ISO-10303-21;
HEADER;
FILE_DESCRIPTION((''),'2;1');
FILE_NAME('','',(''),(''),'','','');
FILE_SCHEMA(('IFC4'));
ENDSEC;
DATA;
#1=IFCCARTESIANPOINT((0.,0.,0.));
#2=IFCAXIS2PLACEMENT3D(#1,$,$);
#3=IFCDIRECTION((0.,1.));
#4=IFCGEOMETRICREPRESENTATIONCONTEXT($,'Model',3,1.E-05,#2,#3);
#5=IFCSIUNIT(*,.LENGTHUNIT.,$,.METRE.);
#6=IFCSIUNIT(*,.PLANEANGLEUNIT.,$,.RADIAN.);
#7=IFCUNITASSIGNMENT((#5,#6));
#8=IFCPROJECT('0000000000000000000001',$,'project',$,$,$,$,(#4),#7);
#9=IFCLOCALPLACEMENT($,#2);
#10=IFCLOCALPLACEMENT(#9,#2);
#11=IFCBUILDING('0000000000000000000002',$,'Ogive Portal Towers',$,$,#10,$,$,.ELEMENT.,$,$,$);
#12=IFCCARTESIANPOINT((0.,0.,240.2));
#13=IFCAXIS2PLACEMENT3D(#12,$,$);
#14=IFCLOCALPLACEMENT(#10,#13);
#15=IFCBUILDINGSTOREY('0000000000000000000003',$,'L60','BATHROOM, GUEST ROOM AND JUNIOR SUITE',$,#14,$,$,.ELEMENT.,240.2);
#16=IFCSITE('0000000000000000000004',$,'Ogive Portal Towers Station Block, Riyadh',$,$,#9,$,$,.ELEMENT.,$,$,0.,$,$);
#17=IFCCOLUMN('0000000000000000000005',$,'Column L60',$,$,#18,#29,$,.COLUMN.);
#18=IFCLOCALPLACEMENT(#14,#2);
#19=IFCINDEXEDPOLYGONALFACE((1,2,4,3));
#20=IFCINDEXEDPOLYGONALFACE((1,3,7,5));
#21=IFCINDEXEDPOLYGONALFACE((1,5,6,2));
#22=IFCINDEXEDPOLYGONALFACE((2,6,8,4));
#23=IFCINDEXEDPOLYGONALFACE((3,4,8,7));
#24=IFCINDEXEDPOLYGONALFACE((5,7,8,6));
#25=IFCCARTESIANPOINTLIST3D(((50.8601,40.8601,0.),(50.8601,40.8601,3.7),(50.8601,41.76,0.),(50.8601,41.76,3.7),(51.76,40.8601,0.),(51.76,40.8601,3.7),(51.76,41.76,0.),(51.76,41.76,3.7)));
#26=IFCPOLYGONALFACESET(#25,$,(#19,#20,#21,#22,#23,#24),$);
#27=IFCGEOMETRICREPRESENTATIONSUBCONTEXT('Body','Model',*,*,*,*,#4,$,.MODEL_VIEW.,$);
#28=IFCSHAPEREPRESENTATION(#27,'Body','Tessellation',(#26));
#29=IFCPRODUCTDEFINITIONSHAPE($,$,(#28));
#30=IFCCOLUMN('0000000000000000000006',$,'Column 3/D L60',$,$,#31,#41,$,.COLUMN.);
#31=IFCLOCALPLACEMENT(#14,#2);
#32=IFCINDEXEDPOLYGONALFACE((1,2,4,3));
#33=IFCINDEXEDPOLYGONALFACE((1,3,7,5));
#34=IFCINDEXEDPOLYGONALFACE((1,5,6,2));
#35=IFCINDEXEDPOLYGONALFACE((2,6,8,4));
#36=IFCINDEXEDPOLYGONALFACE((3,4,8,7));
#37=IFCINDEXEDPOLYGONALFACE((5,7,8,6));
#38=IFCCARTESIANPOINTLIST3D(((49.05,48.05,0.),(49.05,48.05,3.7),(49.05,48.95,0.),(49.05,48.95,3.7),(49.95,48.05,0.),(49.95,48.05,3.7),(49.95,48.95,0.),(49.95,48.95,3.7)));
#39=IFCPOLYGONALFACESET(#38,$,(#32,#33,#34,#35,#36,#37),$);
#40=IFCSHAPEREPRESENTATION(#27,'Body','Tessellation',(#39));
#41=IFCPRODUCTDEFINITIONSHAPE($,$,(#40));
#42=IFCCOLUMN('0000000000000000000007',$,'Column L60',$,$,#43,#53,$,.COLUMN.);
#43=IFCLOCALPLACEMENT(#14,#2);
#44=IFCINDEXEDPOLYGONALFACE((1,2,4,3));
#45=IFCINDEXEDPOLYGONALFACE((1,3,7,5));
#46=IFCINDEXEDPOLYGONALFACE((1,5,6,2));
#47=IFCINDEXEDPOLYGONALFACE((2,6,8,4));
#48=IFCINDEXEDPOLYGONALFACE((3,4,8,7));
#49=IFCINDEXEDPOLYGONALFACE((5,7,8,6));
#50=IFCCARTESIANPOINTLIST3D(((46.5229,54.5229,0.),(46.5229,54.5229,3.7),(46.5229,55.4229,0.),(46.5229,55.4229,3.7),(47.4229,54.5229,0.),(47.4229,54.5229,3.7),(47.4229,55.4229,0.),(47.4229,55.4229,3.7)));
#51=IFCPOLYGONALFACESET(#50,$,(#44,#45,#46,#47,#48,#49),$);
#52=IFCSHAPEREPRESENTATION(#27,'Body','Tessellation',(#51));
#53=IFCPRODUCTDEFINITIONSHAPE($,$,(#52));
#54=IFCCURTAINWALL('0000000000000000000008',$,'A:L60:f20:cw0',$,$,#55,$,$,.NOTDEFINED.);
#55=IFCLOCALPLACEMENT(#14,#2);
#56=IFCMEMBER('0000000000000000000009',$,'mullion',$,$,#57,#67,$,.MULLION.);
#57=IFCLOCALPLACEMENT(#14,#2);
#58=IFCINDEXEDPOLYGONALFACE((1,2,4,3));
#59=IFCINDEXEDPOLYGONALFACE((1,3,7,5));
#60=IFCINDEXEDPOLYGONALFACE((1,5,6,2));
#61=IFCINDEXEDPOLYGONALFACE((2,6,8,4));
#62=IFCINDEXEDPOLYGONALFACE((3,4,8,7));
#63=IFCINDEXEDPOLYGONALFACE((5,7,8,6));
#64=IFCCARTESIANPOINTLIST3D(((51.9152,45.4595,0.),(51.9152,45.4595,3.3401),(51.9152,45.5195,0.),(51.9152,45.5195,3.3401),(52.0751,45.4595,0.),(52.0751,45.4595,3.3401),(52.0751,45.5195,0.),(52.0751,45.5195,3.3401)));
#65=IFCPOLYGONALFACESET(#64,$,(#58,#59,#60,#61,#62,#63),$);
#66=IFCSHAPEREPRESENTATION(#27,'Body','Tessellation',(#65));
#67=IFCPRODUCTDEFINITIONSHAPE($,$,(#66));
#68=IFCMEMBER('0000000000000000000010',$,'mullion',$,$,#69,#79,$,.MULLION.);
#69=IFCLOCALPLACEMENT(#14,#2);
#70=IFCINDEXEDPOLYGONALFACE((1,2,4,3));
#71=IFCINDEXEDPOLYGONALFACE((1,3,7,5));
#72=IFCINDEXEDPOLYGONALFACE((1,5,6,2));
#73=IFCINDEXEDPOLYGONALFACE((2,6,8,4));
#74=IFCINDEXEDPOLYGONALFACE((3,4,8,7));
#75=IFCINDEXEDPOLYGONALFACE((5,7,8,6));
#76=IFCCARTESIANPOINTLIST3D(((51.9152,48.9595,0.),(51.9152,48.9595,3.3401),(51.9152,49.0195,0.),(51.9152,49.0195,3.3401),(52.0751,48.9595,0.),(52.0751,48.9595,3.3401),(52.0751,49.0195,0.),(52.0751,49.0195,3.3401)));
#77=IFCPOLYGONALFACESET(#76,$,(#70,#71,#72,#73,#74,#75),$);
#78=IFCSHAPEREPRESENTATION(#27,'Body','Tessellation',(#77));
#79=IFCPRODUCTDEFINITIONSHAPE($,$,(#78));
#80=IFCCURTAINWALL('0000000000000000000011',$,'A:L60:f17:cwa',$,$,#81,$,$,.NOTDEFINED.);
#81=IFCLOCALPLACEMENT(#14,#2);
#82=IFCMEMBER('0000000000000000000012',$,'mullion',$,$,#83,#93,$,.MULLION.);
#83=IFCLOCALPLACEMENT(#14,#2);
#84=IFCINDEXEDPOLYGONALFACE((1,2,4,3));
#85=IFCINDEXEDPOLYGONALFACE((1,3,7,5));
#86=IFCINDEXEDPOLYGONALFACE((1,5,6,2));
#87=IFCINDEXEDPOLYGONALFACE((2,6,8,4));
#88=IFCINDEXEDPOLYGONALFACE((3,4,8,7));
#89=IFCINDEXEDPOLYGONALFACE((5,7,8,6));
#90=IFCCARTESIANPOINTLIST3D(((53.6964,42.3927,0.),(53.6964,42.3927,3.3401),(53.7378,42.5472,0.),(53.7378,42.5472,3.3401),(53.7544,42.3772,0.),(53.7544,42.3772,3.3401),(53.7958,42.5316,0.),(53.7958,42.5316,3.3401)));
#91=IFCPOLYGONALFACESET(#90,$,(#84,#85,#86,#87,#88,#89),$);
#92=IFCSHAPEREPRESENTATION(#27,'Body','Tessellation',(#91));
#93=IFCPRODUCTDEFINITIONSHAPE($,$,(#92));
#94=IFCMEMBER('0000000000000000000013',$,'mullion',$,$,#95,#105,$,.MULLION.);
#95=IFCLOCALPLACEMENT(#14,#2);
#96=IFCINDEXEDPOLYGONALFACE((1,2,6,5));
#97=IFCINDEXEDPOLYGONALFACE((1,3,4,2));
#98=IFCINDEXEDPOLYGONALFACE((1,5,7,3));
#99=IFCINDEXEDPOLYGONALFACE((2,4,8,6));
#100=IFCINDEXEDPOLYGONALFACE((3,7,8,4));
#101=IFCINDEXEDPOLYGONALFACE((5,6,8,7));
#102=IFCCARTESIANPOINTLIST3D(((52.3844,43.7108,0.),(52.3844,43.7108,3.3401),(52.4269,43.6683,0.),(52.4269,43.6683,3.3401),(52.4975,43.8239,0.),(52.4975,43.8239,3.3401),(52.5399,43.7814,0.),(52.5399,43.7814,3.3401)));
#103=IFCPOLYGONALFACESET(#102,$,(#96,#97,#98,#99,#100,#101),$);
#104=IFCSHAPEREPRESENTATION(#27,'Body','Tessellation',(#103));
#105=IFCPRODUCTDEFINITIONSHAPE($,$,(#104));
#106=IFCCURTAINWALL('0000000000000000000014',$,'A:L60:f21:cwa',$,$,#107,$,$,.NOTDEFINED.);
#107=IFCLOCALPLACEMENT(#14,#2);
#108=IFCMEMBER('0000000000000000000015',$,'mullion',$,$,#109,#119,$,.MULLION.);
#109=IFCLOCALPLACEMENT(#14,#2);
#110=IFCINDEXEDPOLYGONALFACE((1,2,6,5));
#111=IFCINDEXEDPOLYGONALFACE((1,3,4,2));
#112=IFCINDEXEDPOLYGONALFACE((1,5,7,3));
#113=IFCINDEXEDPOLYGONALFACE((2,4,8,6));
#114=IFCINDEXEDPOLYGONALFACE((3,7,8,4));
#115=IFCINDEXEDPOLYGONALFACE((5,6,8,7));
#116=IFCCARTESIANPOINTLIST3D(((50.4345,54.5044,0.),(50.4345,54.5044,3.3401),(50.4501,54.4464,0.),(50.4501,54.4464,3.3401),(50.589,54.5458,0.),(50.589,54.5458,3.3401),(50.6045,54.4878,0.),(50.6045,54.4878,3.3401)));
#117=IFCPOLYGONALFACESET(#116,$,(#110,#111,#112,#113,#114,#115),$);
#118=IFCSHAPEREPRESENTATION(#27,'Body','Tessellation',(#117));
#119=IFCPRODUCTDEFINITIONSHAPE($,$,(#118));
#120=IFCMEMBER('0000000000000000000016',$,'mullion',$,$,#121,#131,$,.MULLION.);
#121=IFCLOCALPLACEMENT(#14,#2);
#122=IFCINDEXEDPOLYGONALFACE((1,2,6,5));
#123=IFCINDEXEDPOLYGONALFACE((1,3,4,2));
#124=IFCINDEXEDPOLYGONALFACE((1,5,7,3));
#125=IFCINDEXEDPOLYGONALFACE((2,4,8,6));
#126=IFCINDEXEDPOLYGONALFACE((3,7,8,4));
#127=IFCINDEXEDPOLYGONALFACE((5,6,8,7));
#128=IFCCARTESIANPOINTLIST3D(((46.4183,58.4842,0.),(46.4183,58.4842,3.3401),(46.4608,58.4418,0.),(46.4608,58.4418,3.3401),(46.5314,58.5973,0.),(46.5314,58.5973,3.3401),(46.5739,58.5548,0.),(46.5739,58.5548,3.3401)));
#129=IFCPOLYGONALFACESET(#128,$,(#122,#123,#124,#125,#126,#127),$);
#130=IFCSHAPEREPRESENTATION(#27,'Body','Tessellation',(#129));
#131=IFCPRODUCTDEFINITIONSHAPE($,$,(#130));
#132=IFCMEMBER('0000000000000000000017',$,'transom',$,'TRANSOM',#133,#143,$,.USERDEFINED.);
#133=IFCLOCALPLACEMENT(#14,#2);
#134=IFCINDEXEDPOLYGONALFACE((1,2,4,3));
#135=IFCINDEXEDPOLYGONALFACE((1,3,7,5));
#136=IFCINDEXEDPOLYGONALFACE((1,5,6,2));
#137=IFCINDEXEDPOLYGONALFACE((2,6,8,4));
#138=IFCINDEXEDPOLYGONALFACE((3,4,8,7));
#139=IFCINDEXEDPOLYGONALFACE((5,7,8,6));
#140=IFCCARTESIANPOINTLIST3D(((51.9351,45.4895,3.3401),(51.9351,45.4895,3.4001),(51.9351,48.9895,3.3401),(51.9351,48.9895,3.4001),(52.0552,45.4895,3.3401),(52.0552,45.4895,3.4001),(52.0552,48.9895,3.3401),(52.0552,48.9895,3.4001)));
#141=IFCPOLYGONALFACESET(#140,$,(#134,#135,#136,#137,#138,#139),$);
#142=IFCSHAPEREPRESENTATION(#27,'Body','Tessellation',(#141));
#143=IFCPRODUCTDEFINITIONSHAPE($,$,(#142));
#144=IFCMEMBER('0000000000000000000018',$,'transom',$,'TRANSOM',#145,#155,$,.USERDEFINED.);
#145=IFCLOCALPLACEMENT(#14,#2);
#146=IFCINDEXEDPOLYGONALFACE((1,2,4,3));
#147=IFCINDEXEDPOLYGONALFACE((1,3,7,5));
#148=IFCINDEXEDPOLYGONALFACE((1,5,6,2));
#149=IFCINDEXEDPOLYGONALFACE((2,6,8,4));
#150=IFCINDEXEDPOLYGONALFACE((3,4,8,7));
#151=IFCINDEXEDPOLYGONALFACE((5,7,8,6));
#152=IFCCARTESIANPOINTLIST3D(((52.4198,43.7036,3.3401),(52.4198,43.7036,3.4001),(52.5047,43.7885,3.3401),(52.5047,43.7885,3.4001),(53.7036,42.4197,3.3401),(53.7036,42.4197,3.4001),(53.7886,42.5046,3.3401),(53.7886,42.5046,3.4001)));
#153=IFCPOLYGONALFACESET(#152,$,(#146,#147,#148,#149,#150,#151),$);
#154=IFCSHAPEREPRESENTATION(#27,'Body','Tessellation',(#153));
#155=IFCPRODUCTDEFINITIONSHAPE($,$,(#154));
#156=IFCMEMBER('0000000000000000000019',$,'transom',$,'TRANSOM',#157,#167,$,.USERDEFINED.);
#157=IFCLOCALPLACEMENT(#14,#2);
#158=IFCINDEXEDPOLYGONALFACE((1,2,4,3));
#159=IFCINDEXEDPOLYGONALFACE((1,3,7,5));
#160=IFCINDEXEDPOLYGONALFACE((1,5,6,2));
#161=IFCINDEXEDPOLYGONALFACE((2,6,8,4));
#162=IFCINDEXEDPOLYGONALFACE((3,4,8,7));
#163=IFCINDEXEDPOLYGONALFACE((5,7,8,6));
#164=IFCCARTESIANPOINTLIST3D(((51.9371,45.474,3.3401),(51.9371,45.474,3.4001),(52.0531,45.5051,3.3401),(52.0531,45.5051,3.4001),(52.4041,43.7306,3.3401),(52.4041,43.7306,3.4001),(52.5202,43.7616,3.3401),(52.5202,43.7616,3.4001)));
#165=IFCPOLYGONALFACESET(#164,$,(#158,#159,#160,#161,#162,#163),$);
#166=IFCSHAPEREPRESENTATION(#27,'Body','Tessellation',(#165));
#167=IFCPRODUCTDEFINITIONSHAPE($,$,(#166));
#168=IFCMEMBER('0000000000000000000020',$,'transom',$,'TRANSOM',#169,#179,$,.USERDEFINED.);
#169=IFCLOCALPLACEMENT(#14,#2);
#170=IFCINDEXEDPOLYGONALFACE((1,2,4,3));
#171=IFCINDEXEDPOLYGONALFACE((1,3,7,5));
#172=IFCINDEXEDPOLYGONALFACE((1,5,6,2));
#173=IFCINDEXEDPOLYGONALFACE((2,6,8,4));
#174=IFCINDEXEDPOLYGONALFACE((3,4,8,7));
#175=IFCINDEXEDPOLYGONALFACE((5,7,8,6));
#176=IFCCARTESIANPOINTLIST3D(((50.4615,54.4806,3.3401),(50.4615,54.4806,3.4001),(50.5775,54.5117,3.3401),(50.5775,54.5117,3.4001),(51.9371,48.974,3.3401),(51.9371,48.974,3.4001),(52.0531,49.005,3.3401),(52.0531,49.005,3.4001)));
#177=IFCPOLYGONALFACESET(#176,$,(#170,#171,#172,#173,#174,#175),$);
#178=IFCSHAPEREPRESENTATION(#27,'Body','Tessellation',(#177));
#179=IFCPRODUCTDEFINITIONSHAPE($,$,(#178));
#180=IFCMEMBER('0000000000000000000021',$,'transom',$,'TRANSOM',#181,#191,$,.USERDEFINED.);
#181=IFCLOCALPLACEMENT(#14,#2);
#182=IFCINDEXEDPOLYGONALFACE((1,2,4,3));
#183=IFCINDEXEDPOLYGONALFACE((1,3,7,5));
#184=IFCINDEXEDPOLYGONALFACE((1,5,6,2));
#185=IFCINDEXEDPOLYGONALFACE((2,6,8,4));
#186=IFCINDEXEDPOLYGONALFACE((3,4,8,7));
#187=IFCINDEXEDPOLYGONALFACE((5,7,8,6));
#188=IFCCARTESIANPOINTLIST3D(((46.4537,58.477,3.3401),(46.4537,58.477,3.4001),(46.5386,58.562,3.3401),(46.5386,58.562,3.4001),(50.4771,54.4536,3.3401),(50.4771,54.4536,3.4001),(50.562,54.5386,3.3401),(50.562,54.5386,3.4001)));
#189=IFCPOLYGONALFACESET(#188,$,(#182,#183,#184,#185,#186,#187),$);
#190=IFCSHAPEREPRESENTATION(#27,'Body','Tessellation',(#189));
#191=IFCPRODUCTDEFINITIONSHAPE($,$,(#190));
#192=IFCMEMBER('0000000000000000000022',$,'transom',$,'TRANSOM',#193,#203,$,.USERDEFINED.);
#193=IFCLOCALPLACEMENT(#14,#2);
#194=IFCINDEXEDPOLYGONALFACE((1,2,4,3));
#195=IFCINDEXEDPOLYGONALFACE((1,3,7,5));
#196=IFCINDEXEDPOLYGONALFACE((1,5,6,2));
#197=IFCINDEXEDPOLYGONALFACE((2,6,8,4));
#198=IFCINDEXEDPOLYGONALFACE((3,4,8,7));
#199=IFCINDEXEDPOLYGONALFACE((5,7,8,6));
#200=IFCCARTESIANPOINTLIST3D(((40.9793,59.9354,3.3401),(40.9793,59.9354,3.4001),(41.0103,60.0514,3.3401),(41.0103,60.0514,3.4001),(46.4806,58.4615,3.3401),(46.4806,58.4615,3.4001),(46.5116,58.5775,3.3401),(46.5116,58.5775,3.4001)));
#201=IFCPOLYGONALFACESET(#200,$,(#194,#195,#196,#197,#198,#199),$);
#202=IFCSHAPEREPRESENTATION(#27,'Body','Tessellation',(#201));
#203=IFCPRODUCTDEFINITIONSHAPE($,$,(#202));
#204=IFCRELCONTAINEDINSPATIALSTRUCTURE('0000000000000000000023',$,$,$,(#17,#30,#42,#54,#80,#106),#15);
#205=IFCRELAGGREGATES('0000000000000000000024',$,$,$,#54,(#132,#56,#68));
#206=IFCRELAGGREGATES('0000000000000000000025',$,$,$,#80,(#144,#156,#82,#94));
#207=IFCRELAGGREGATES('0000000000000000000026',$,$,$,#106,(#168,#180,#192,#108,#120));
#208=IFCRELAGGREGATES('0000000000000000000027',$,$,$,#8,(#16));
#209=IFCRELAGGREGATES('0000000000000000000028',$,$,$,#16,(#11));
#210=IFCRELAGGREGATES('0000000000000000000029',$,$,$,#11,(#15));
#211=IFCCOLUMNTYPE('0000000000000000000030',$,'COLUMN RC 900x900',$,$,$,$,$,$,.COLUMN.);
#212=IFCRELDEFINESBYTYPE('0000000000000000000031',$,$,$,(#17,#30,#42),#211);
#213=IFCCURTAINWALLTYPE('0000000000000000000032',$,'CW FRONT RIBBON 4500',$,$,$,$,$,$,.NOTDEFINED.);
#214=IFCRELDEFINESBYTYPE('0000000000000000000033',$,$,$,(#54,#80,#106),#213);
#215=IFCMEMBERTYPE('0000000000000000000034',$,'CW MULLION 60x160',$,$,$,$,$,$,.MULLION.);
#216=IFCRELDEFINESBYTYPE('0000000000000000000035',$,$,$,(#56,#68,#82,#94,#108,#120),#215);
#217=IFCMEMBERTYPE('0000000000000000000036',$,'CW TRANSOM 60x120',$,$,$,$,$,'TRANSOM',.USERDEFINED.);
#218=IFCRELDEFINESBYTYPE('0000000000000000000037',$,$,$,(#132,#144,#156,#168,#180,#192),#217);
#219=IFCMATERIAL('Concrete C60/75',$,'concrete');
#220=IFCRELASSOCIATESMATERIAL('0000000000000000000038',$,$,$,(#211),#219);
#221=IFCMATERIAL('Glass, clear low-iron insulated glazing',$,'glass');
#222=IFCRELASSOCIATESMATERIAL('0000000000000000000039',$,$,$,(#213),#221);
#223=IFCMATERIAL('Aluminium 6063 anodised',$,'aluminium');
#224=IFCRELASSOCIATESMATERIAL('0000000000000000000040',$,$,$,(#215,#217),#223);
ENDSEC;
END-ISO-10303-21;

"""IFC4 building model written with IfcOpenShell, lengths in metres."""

from ifc_helpers import new_model, si_unit, direction, frame, origin, origin_2d, place, context, subcontext, project, spatial, rectangle, extrude, material, material_profile, profile_set, type_object, element, aggregate, save


model = new_model("IFC4")

# Units and contexts
model_context = context("Model", 3, precision=1e-05, world=origin(), true_north=direction((0.0, 1.0)))
body_context = subcontext(model_context, "Body", "Model", "MODEL_VIEW")
ifc_project = project(units=[si_unit("LENGTHUNIT", "METRE"), si_unit("PLANEANGLEUNIT", "RADIAN")], contexts=[model_context])

# Site, building, storey
site_placement = place(None, origin())
site = spatial("IfcSite", under=ifc_project, at=site_placement, Name="Ogive Portal Towers Station Block, Riyadh", CompositionType="ELEMENT", RefElevation=0.0)
building_placement = place(site_placement, origin())
building = spatial("IfcBuilding", under=site, at=building_placement, Name="Ogive Portal Towers", CompositionType="ELEMENT")
storey_placement = place(building_placement, frame((0.0, 0.0, 240.2)))
storey = spatial("IfcBuildingStorey", under=building, at=storey_placement, Name="L60", Description="BATHROOM, GUEST ROOM AND JUNIOR SUITE", CompositionType="ELEMENT", Elevation=240.2)

# Columns
ifc_material_1 = material(Name="Concrete C60/75", Category="concrete")
ifc_material_profile_1 = material_profile(ifc_material_1, rectangle(XDim=0.8999, YDim=0.8999, at=origin_2d()), Name="RC 900x900")
ifc_profile_set_1 = profile_set([ifc_material_profile_1], Name="Concrete C60/75")
column_type = type_object("IfcColumnType", Name="COLUMN RC 900x900", PredefinedType="COLUMN", material=ifc_profile_set_1)
for number, where, z_axis, x_axis, name in (
    (1, (51.3101, 41.3101, 0.0), (0.0, 0.0, 1.0), (1.0, 0.0, 0.0), "Column L60"),
    (2, (49.5, 48.5, 0.0), (0.0, 0.0, 1.0), (1.0, 0.0, 0.0), "Column 3/D L60"),
    (3, (46.9729, 54.9729, 0.0), (0.0, 0.0, 1.0), (1.0, 0.0, 0.0), "Column L60"),
):
    element("IfcColumn", number, at=place(storey_placement, frame(where, z_axis=z_axis, x_axis=x_axis)), inside=storey, type_object=column_type, Name=name, PredefinedType="COLUMN", context=body_context, shape_type="SweptSolid", body=[
        extrude(rectangle(XDim=0.8999, YDim=0.8999, at=origin_2d()), origin(), (0.0, 0.0, 1.0), 3.7),
    ])

# Curtain walls, members
ifc_material_2 = material(Name="Glass, clear low-iron insulated glazing", Category="glass")
curtain_wall_type = type_object("IfcCurtainWallType", Name="CW FRONT RIBBON 4500", PredefinedType="NOTDEFINED", material=ifc_material_2)
curtain_wall_1_placement = place(storey_placement, origin())
curtain_wall_1 = element("IfcCurtainWall", 4, at=curtain_wall_1_placement, inside=storey, type_object=curtain_wall_type, Name="A:L60:f20:cw0", PredefinedType="NOTDEFINED")
ifc_material_3 = material(Name="Aluminium 6063 anodised", Category="aluminium")
ifc_material_profile_2 = material_profile(ifc_material_3, rectangle(XDim=0.1599, YDim=0.0601, at=origin_2d()), Name="AL 60x160")
ifc_profile_set_2 = profile_set([ifc_material_profile_2], Name="Aluminium 6063 anodised")
member_type_1 = type_object("IfcMemberType", Name="CW MULLION 60x160", PredefinedType="MULLION", material=ifc_profile_set_2)
member_1_placement = place(storey_placement, frame((51.9951, 45.4895, 0.0), z_axis=(0.0, 0.0, 1.0), x_axis=(-1.0, 0.0, 0.0)))
member_1 = element("IfcMember", 5, at=member_1_placement, type_object=member_type_1, Name="mullion", PredefinedType="MULLION", context=body_context, shape_type="SweptSolid", body=[
    extrude(rectangle(XDim=0.1599, YDim=0.0601, at=origin_2d()), origin(), (0.0, 0.0, 1.0), 3.3401),
])
member_2_placement = place(storey_placement, frame((51.9951, 48.9895, 0.0), z_axis=(0.0, 0.0, 1.0), x_axis=(-1.0, 0.0, 0.0)))
member_2 = element("IfcMember", 6, at=member_2_placement, type_object=member_type_1, Name="mullion", PredefinedType="MULLION", context=body_context, shape_type="SweptSolid", body=[
    extrude(rectangle(XDim=0.1599, YDim=0.0601, at=origin_2d()), origin(), (0.0, 0.0, 1.0), 3.3401),
])
curtain_wall_2_placement = place(storey_placement, origin())
curtain_wall_2 = element("IfcCurtainWall", 7, at=curtain_wall_2_placement, inside=storey, type_object=curtain_wall_type, Name="A:L60:f17:cwa", PredefinedType="NOTDEFINED")
member_3_placement = place(storey_placement, frame((53.7461, 42.4622, 0.0), z_axis=(0.0, 0.0, 1.0), x_axis=(-0.258819, -0.965926, 0.0)))
member_3 = element("IfcMember", 8, at=member_3_placement, type_object=member_type_1, Name="mullion", PredefinedType="MULLION", context=body_context, shape_type="SweptSolid", body=[
    extrude(rectangle(XDim=0.1599, YDim=0.0601, at=origin_2d()), origin(), (0.0, 0.0, 1.0), 3.3401),
])
member_4_placement = place(storey_placement, frame((52.4622, 43.7461, 0.0), z_axis=(0.0, 0.0, 1.0), x_axis=(-0.707107, -0.707107, 0.0)))
member_4 = element("IfcMember", 9, at=member_4_placement, type_object=member_type_1, Name="mullion", PredefinedType="MULLION", context=body_context, shape_type="SweptSolid", body=[
    extrude(rectangle(XDim=0.1599, YDim=0.0601, at=origin_2d()), origin(), (0.0, 0.0, 1.0), 3.3401),
])
curtain_wall_3_placement = place(storey_placement, origin())
curtain_wall_3 = element("IfcCurtainWall", 10, at=curtain_wall_3_placement, inside=storey, type_object=curtain_wall_type, Name="A:L60:f21:cwa", PredefinedType="NOTDEFINED")
member_5_placement = place(storey_placement, frame((50.5195, 54.4961, 0.0), z_axis=(0.0, 0.0, 1.0), x_axis=(-0.965926, -0.258819, 0.0)))
member_5 = element("IfcMember", 11, at=member_5_placement, type_object=member_type_1, Name="mullion", PredefinedType="MULLION", context=body_context, shape_type="SweptSolid", body=[
    extrude(rectangle(XDim=0.1599, YDim=0.0601, at=origin_2d()), origin(), (0.0, 0.0, 1.0), 3.3401),
])
member_6_placement = place(storey_placement, frame((46.4961, 58.5195, 0.0), z_axis=(0.0, 0.0, 1.0), x_axis=(-0.707107, -0.707107, 0.0)))
member_6 = element("IfcMember", 12, at=member_6_placement, type_object=member_type_1, Name="mullion", PredefinedType="MULLION", context=body_context, shape_type="SweptSolid", body=[
    extrude(rectangle(XDim=0.1599, YDim=0.0601, at=origin_2d()), origin(), (0.0, 0.0, 1.0), 3.3401),
])

# Members
ifc_material_profile_3 = material_profile(ifc_material_3, rectangle(XDim=0.1201, YDim=0.0601, at=origin_2d()), Name="AL 120x60")
ifc_profile_set_3 = profile_set([ifc_material_profile_3], Name="Aluminium 6063 anodised")
member_type_2 = type_object("IfcMemberType", Name="CW TRANSOM 60x120", ElementType="TRANSOM", PredefinedType="USERDEFINED", material=ifc_profile_set_3)
member_7_placement = place(storey_placement, frame((51.9951, 45.4895, 3.3701), z_axis=(0.0, 1.0, 0.0), x_axis=(-1.0, 0.0, 0.0)))
member_7 = element("IfcMember", 13, at=member_7_placement, type_object=member_type_2, Name="transom", ObjectType="TRANSOM", PredefinedType="USERDEFINED", context=body_context, shape_type="SweptSolid", body=[
    extrude(rectangle(XDim=0.1201, YDim=0.0601, at=origin_2d()), origin(), (0.0, 0.0, 1.0), 3.5),
])
member_8_placement = place(storey_placement, frame((53.7461, 42.4622, 3.3701), z_axis=(-0.707107, 0.707107, 0.0), x_axis=(-0.707107, -0.707107, 0.0)))
member_8 = element("IfcMember", 14, at=member_8_placement, type_object=member_type_2, Name="transom", ObjectType="TRANSOM", PredefinedType="USERDEFINED", context=body_context, shape_type="SweptSolid", body=[
    extrude(rectangle(XDim=0.1201, YDim=0.0601, at=origin_2d()), origin(), (0.0, 0.0, 1.0), 1.8157),
])
member_9_placement = place(storey_placement, frame((52.4622, 43.7461, 3.3701), z_axis=(-0.258765, 0.96594, 0.0), x_axis=(-0.96594, -0.258765, 0.0)))
member_9 = element("IfcMember", 15, at=member_9_placement, type_object=member_type_2, Name="transom", ObjectType="TRANSOM", PredefinedType="USERDEFINED", context=body_context, shape_type="SweptSolid", body=[
    extrude(rectangle(XDim=0.1201, YDim=0.0601, at=origin_2d()), origin(), (0.0, 0.0, 1.0), 1.8049),
])
member_10_placement = place(storey_placement, frame((51.9951, 48.9895, 3.3701), z_axis=(-0.258835, 0.965921, 0.0), x_axis=(-0.965921, -0.258835, 0.0)))
member_10 = element("IfcMember", 16, at=member_10_placement, type_object=member_type_2, Name="transom", ObjectType="TRANSOM", PredefinedType="USERDEFINED", context=body_context, shape_type="SweptSolid", body=[
    extrude(rectangle(XDim=0.1201, YDim=0.0601, at=origin_2d()), origin(), (0.0, 0.0, 1.0), 5.7009),
])
member_11_placement = place(storey_placement, frame((50.5195, 54.4961, 3.3701), z_axis=(-0.707107, 0.707107, 0.0), x_axis=(-0.707107, -0.707107, 0.0)))
member_11 = element("IfcMember", 17, at=member_11_placement, type_object=member_type_2, Name="transom", ObjectType="TRANSOM", PredefinedType="USERDEFINED", context=body_context, shape_type="SweptSolid", body=[
    extrude(rectangle(XDim=0.1201, YDim=0.0601, at=origin_2d()), origin(), (0.0, 0.0, 1.0), 5.6899),
])
member_12_placement = place(storey_placement, frame((46.4961, 58.5195, 3.3701), z_axis=(-0.965933, 0.258791, 0.0), x_axis=(-0.258791, -0.965933, 0.0)))
member_12 = element("IfcMember", 18, at=member_12_placement, type_object=member_type_2, Name="transom", ObjectType="TRANSOM", PredefinedType="USERDEFINED", context=body_context, shape_type="SweptSolid", body=[
    extrude(rectangle(XDim=0.1201, YDim=0.0601, at=origin_2d()), origin(), (0.0, 0.0, 1.0), 5.6953),
])

aggregate(curtain_wall_1, [member_7, member_1, member_2])
aggregate(curtain_wall_2, [member_8, member_9, member_3, member_4])
aggregate(curtain_wall_3, [member_10, member_11, member_12, member_5, member_6])

save(model, "model.ifc")
